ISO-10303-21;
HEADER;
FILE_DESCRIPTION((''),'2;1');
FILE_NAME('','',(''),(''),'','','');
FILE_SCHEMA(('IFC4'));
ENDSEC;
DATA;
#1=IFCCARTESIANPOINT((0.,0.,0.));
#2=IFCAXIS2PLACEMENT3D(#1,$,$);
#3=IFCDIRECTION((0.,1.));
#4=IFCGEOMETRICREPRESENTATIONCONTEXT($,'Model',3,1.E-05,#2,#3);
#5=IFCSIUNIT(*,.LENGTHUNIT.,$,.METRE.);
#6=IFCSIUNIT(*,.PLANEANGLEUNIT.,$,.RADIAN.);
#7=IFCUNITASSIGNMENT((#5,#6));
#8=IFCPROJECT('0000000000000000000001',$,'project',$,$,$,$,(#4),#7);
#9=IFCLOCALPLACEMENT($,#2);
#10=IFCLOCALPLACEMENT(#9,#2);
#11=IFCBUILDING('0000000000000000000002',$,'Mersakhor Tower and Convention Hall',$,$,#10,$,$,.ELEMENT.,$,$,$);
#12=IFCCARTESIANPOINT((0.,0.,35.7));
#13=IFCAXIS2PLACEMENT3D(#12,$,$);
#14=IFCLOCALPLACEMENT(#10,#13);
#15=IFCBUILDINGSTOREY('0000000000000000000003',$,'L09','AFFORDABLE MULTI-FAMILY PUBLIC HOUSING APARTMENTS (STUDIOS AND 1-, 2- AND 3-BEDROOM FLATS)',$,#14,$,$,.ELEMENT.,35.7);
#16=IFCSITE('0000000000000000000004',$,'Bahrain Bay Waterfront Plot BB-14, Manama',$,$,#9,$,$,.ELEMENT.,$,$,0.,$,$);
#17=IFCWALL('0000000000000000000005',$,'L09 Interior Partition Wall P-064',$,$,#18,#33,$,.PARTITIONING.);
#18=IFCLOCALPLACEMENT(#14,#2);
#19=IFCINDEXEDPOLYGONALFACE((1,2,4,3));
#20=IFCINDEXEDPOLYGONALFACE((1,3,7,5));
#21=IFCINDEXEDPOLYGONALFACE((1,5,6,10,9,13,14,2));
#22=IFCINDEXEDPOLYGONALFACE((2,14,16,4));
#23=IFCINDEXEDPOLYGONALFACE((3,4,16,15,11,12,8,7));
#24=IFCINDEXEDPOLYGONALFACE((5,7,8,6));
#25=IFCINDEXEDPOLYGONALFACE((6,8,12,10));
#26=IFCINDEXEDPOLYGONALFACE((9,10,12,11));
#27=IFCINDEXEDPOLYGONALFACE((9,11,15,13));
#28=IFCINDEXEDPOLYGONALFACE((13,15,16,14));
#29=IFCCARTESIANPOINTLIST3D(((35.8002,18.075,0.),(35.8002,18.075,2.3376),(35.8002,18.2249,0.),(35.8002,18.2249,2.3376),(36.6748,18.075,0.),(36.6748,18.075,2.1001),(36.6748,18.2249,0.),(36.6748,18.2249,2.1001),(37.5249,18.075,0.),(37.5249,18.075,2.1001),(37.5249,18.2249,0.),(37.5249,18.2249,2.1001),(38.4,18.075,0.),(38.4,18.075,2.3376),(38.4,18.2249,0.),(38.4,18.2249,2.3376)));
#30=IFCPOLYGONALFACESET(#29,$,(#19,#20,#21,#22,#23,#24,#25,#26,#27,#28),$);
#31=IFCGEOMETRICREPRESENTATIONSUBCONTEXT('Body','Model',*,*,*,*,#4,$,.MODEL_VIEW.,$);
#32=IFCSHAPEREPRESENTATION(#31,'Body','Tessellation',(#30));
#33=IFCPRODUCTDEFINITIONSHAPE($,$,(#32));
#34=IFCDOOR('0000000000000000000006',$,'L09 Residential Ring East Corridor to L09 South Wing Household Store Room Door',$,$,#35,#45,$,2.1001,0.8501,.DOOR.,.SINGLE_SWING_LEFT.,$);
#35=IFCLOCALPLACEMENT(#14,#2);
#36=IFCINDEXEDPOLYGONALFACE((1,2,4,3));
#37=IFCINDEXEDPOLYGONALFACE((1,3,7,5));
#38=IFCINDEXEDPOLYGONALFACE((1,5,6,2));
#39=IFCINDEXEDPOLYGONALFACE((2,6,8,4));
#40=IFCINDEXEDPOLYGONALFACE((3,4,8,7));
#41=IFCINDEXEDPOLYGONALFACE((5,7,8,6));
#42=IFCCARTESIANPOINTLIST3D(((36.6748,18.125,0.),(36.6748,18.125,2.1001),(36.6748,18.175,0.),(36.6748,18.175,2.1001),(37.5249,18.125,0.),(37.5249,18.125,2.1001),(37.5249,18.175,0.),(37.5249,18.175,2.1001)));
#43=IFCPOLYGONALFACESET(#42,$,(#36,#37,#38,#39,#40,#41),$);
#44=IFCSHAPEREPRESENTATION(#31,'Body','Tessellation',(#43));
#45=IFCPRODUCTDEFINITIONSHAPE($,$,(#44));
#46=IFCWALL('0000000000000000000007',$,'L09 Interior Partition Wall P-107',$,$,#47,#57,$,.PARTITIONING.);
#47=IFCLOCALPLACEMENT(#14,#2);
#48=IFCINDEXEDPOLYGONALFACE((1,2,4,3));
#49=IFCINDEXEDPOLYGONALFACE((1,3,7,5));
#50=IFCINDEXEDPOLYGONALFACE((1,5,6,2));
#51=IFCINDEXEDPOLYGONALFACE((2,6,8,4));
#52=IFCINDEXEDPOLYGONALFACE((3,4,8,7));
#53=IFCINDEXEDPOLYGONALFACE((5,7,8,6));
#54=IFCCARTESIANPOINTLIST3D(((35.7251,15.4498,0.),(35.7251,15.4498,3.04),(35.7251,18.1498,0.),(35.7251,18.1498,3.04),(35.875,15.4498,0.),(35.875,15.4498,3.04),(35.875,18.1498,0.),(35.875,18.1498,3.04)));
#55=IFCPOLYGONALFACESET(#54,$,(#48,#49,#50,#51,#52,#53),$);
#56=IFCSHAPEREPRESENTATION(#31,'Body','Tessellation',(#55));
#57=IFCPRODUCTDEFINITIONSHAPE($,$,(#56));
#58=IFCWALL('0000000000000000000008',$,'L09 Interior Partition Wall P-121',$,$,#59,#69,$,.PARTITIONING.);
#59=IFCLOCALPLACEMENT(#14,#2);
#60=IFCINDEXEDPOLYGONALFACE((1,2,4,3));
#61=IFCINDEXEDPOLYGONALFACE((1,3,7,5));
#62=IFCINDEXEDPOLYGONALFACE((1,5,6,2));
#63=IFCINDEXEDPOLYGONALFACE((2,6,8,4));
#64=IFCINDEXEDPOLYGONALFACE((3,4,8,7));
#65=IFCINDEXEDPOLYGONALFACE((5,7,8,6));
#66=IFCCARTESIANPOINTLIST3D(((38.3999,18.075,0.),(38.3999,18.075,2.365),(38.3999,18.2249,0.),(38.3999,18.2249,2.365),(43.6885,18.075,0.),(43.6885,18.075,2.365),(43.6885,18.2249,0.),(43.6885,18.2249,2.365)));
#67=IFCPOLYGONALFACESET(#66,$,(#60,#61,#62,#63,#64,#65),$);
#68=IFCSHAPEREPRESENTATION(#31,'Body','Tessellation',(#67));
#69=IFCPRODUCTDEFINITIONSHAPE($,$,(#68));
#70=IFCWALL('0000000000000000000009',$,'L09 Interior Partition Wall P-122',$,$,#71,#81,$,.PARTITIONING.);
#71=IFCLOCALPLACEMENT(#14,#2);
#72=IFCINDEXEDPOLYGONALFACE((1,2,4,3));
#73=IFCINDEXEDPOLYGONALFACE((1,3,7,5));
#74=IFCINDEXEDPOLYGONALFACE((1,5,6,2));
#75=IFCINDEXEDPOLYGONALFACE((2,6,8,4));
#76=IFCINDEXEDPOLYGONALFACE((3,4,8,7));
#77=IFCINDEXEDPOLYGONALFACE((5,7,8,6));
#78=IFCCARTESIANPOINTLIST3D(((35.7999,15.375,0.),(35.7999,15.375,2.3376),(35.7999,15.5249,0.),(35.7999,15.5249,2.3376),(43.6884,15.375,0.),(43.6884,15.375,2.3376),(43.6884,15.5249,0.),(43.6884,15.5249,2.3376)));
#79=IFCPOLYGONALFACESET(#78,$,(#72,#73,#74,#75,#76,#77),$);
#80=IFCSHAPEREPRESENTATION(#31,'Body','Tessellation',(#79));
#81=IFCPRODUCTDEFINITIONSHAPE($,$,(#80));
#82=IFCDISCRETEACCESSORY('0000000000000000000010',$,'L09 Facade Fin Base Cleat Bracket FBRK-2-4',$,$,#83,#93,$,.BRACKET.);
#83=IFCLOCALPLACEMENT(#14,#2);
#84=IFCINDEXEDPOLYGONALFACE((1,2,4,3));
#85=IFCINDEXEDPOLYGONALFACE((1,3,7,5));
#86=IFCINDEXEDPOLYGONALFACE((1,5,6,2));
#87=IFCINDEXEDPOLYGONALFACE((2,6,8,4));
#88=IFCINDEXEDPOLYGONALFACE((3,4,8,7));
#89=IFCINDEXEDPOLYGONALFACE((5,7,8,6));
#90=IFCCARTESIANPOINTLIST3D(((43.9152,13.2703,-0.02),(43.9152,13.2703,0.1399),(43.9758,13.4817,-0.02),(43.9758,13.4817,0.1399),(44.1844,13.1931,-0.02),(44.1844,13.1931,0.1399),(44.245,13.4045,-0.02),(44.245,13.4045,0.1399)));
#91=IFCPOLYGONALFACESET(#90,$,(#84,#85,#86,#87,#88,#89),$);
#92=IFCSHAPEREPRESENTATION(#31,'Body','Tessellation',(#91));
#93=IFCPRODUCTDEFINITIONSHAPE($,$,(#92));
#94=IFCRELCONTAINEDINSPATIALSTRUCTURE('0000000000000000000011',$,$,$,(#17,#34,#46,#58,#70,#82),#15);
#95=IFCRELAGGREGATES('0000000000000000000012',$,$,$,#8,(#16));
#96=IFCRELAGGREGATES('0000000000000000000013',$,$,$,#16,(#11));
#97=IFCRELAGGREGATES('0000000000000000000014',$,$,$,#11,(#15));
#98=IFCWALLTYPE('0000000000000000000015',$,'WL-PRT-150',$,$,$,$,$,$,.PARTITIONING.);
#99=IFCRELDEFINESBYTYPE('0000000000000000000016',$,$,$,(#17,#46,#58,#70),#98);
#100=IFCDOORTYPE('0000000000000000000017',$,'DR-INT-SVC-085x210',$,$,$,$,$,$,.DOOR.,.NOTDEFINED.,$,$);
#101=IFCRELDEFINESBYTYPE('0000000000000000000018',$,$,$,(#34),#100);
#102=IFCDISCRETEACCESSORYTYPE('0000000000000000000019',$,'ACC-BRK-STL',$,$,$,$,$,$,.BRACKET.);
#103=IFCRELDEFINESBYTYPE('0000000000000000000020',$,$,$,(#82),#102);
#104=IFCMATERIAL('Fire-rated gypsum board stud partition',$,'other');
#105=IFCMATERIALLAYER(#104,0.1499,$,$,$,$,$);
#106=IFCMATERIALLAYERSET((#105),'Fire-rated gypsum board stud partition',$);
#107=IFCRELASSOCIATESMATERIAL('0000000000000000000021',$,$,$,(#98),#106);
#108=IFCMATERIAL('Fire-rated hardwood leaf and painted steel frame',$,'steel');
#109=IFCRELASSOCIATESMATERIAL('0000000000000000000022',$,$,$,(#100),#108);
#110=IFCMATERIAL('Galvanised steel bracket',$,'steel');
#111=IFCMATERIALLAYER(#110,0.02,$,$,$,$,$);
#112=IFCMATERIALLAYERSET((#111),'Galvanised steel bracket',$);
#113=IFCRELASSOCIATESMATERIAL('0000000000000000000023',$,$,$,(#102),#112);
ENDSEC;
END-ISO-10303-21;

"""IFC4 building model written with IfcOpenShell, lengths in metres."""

from ifc_helpers import new_model, si_unit, direction, frame, frame_2d, origin, origin_2d, place, context, subcontext, project, spatial, rectangle, extrude, material, layer, layer_set, type_object, element, fill, save


model = new_model("IFC4")

# Units and contexts
model_context = context("Model", 3, precision=1e-05, world=origin(), true_north=direction((0.0, 1.0)))
body_context = subcontext(model_context, "Body", "Model", "MODEL_VIEW")
ifc_project = project(units=[si_unit("LENGTHUNIT", "METRE"), si_unit("PLANEANGLEUNIT", "RADIAN")], contexts=[model_context])

# Site, building, storey
site_placement = place(None, origin())
site = spatial("IfcSite", under=ifc_project, at=site_placement, Name="Bahrain Bay Waterfront Plot BB-14, Manama", CompositionType="ELEMENT", RefElevation=0.0)
building_placement = place(site_placement, origin())
building = spatial("IfcBuilding", under=site, at=building_placement, Name="Mersakhor Tower and Convention Hall", CompositionType="ELEMENT")
storey_placement = place(building_placement, frame((0.0, 0.0, 35.7)))
storey = spatial("IfcBuildingStorey", under=building, at=storey_placement, Name="L09", Description="AFFORDABLE MULTI-FAMILY PUBLIC HOUSING APARTMENTS (STUDIOS AND 1-, 2- AND 3-BEDROOM FLATS)", CompositionType="ELEMENT", Elevation=35.7)

# Wall, opening, door
ifc_material_1 = material(Name="Fire-rated gypsum board stud partition", Category="other")
ifc_layer_1 = layer(ifc_material_1, 0.1499)
ifc_layer_set_1 = layer_set([ifc_layer_1], Name="Fire-rated gypsum board stud partition")
wall_type_1 = type_object("IfcWallType", Name="WL-PRT-150", PredefinedType="PARTITIONING", material=ifc_layer_set_1)
wall_1_placement = place(storey_placement, frame((38.3999, 18.1499, 0.0), z_axis=(0.0, 0.0, 1.0), x_axis=(-1.0, 0.0, 0.0)))
wall_1 = element("IfcWall", 1, at=wall_1_placement, inside=storey, type_object=wall_type_1, Name="L09 Interior Partition Wall P-064", PredefinedType="PARTITIONING", context=body_context, shape_type="SweptSolid", body=[
    extrude(rectangle(XDim=2.5999, YDim=0.1499, at=frame_2d((1.2998, 0.0))), origin(), (0.0, 0.0, 1.0), 2.3376),
])
opening_1_placement = place(wall_1_placement, frame((0.875, 0.0, 0.0)))
opening_1 = element("IfcOpeningElement", 2, at=opening_1_placement, cuts=wall_1, PredefinedType="OPENING", context=body_context, shape_type="SweptSolid", body=[
    extrude(rectangle(XDim=0.8501, YDim=2.1001, at=frame_2d((0.425, 1.05))), frame((0.0, 0.085, 0.0), z_axis=(0.0, -1.0, 0.0), x_axis=(1.0, 0.0, 0.0)), (0.0, 0.0, 1.0), 0.1699),
])
ifc_material_2 = material(Name="Fire-rated hardwood leaf and painted steel frame", Category="steel")
door_type_1 = type_object("IfcDoorType", Name="DR-INT-SVC-085x210", OperationType="NOTDEFINED", PredefinedType="DOOR", material=ifc_material_2)
door_1_placement = place(opening_1_placement, origin())
door_1 = element("IfcDoor", 3, at=door_1_placement, inside=storey, type_object=door_type_1, Name="L09 Residential Ring East Corridor to L09 South Wing Household Store Room Door", OperationType="SINGLE_SWING_LEFT", OverallHeight=2.1001, OverallWidth=0.8501, PredefinedType="DOOR", context=body_context, shape_type="SweptSolid", body=[
    extrude(rectangle(XDim=0.8501, YDim=2.1001, at=frame_2d((0.425, 1.05))), frame((0.0, 0.0249, 0.0), z_axis=(0.0, -1.0, 0.0), x_axis=(1.0, 0.0, 0.0)), (0.0, 0.0, 1.0), 0.05),
])
fill(opening_1, door_1)

# Walls
wall_2_placement = place(storey_placement, frame((35.8, 18.1499, 0.0), z_axis=(0.0, 0.0, 1.0), x_axis=(0.0, -1.0, 0.0)))
element("IfcWall", 4, at=wall_2_placement, inside=storey, type_object=wall_type_1, Name="L09 Interior Partition Wall P-107", PredefinedType="PARTITIONING", context=body_context, shape_type="SweptSolid", body=[
    extrude(rectangle(XDim=2.7, YDim=0.1499, at=frame_2d((1.3501, 0.0))), origin(), (0.0, 0.0, 1.0), 3.04),
])
wall_3_placement = place(storey_placement, frame((43.6885, 18.1499, 0.0), z_axis=(0.0, 0.0, 1.0), x_axis=(-1.0, 0.0, 0.0)))
element("IfcWall", 5, at=wall_3_placement, inside=storey, type_object=wall_type_1, Name="L09 Interior Partition Wall P-121", PredefinedType="PARTITIONING", context=body_context, shape_type="SweptSolid", body=[
    extrude(rectangle(XDim=5.2886, YDim=0.1499, at=frame_2d((2.6443, 0.0))), origin(), (0.0, 0.0, 1.0), 2.365),
])
wall_4_placement = place(storey_placement, frame((43.6885, 15.45, 0.0), z_axis=(0.0, 0.0, 1.0), x_axis=(-1.0, 0.0, 0.0)))
element("IfcWall", 6, at=wall_4_placement, inside=storey, type_object=wall_type_1, Name="L09 Interior Partition Wall P-122", PredefinedType="PARTITIONING", context=body_context, shape_type="SweptSolid", body=[
    extrude(rectangle(XDim=7.8884, YDim=0.1499, at=frame_2d((3.9443, 0.0))), origin(), (0.0, 0.0, 1.0), 2.3376),
])

# Discrete accessory
ifc_material_3 = material(Name="Galvanised steel bracket", Category="steel")
ifc_layer_2 = layer(ifc_material_3, 0.02)
ifc_layer_set_2 = layer_set([ifc_layer_2], Name="Galvanised steel bracket")
discrete_accessory_type = type_object("IfcDiscreteAccessoryType", Name="ACC-BRK-STL", PredefinedType="BRACKET", material=ifc_layer_set_2)
discrete_accessory_placement = place(storey_placement, frame((44.0801, 13.3374, -0.02), z_axis=(0.0, 0.0, 1.0), x_axis=(0.961262, -0.275637, 0.0)))
element("IfcDiscreteAccessory", 7, at=discrete_accessory_placement, inside=storey, type_object=discrete_accessory_type, Name="L09 Facade Fin Base Cleat Bracket FBRK-2-4", PredefinedType="BRACKET", context=body_context, shape_type="SweptSolid", body=[
    extrude(rectangle(XDim=0.28, YDim=0.22, at=origin_2d()), origin(), (0.0, 0.0, 1.0), 0.1599),
])

save(model, "model.ifc")
